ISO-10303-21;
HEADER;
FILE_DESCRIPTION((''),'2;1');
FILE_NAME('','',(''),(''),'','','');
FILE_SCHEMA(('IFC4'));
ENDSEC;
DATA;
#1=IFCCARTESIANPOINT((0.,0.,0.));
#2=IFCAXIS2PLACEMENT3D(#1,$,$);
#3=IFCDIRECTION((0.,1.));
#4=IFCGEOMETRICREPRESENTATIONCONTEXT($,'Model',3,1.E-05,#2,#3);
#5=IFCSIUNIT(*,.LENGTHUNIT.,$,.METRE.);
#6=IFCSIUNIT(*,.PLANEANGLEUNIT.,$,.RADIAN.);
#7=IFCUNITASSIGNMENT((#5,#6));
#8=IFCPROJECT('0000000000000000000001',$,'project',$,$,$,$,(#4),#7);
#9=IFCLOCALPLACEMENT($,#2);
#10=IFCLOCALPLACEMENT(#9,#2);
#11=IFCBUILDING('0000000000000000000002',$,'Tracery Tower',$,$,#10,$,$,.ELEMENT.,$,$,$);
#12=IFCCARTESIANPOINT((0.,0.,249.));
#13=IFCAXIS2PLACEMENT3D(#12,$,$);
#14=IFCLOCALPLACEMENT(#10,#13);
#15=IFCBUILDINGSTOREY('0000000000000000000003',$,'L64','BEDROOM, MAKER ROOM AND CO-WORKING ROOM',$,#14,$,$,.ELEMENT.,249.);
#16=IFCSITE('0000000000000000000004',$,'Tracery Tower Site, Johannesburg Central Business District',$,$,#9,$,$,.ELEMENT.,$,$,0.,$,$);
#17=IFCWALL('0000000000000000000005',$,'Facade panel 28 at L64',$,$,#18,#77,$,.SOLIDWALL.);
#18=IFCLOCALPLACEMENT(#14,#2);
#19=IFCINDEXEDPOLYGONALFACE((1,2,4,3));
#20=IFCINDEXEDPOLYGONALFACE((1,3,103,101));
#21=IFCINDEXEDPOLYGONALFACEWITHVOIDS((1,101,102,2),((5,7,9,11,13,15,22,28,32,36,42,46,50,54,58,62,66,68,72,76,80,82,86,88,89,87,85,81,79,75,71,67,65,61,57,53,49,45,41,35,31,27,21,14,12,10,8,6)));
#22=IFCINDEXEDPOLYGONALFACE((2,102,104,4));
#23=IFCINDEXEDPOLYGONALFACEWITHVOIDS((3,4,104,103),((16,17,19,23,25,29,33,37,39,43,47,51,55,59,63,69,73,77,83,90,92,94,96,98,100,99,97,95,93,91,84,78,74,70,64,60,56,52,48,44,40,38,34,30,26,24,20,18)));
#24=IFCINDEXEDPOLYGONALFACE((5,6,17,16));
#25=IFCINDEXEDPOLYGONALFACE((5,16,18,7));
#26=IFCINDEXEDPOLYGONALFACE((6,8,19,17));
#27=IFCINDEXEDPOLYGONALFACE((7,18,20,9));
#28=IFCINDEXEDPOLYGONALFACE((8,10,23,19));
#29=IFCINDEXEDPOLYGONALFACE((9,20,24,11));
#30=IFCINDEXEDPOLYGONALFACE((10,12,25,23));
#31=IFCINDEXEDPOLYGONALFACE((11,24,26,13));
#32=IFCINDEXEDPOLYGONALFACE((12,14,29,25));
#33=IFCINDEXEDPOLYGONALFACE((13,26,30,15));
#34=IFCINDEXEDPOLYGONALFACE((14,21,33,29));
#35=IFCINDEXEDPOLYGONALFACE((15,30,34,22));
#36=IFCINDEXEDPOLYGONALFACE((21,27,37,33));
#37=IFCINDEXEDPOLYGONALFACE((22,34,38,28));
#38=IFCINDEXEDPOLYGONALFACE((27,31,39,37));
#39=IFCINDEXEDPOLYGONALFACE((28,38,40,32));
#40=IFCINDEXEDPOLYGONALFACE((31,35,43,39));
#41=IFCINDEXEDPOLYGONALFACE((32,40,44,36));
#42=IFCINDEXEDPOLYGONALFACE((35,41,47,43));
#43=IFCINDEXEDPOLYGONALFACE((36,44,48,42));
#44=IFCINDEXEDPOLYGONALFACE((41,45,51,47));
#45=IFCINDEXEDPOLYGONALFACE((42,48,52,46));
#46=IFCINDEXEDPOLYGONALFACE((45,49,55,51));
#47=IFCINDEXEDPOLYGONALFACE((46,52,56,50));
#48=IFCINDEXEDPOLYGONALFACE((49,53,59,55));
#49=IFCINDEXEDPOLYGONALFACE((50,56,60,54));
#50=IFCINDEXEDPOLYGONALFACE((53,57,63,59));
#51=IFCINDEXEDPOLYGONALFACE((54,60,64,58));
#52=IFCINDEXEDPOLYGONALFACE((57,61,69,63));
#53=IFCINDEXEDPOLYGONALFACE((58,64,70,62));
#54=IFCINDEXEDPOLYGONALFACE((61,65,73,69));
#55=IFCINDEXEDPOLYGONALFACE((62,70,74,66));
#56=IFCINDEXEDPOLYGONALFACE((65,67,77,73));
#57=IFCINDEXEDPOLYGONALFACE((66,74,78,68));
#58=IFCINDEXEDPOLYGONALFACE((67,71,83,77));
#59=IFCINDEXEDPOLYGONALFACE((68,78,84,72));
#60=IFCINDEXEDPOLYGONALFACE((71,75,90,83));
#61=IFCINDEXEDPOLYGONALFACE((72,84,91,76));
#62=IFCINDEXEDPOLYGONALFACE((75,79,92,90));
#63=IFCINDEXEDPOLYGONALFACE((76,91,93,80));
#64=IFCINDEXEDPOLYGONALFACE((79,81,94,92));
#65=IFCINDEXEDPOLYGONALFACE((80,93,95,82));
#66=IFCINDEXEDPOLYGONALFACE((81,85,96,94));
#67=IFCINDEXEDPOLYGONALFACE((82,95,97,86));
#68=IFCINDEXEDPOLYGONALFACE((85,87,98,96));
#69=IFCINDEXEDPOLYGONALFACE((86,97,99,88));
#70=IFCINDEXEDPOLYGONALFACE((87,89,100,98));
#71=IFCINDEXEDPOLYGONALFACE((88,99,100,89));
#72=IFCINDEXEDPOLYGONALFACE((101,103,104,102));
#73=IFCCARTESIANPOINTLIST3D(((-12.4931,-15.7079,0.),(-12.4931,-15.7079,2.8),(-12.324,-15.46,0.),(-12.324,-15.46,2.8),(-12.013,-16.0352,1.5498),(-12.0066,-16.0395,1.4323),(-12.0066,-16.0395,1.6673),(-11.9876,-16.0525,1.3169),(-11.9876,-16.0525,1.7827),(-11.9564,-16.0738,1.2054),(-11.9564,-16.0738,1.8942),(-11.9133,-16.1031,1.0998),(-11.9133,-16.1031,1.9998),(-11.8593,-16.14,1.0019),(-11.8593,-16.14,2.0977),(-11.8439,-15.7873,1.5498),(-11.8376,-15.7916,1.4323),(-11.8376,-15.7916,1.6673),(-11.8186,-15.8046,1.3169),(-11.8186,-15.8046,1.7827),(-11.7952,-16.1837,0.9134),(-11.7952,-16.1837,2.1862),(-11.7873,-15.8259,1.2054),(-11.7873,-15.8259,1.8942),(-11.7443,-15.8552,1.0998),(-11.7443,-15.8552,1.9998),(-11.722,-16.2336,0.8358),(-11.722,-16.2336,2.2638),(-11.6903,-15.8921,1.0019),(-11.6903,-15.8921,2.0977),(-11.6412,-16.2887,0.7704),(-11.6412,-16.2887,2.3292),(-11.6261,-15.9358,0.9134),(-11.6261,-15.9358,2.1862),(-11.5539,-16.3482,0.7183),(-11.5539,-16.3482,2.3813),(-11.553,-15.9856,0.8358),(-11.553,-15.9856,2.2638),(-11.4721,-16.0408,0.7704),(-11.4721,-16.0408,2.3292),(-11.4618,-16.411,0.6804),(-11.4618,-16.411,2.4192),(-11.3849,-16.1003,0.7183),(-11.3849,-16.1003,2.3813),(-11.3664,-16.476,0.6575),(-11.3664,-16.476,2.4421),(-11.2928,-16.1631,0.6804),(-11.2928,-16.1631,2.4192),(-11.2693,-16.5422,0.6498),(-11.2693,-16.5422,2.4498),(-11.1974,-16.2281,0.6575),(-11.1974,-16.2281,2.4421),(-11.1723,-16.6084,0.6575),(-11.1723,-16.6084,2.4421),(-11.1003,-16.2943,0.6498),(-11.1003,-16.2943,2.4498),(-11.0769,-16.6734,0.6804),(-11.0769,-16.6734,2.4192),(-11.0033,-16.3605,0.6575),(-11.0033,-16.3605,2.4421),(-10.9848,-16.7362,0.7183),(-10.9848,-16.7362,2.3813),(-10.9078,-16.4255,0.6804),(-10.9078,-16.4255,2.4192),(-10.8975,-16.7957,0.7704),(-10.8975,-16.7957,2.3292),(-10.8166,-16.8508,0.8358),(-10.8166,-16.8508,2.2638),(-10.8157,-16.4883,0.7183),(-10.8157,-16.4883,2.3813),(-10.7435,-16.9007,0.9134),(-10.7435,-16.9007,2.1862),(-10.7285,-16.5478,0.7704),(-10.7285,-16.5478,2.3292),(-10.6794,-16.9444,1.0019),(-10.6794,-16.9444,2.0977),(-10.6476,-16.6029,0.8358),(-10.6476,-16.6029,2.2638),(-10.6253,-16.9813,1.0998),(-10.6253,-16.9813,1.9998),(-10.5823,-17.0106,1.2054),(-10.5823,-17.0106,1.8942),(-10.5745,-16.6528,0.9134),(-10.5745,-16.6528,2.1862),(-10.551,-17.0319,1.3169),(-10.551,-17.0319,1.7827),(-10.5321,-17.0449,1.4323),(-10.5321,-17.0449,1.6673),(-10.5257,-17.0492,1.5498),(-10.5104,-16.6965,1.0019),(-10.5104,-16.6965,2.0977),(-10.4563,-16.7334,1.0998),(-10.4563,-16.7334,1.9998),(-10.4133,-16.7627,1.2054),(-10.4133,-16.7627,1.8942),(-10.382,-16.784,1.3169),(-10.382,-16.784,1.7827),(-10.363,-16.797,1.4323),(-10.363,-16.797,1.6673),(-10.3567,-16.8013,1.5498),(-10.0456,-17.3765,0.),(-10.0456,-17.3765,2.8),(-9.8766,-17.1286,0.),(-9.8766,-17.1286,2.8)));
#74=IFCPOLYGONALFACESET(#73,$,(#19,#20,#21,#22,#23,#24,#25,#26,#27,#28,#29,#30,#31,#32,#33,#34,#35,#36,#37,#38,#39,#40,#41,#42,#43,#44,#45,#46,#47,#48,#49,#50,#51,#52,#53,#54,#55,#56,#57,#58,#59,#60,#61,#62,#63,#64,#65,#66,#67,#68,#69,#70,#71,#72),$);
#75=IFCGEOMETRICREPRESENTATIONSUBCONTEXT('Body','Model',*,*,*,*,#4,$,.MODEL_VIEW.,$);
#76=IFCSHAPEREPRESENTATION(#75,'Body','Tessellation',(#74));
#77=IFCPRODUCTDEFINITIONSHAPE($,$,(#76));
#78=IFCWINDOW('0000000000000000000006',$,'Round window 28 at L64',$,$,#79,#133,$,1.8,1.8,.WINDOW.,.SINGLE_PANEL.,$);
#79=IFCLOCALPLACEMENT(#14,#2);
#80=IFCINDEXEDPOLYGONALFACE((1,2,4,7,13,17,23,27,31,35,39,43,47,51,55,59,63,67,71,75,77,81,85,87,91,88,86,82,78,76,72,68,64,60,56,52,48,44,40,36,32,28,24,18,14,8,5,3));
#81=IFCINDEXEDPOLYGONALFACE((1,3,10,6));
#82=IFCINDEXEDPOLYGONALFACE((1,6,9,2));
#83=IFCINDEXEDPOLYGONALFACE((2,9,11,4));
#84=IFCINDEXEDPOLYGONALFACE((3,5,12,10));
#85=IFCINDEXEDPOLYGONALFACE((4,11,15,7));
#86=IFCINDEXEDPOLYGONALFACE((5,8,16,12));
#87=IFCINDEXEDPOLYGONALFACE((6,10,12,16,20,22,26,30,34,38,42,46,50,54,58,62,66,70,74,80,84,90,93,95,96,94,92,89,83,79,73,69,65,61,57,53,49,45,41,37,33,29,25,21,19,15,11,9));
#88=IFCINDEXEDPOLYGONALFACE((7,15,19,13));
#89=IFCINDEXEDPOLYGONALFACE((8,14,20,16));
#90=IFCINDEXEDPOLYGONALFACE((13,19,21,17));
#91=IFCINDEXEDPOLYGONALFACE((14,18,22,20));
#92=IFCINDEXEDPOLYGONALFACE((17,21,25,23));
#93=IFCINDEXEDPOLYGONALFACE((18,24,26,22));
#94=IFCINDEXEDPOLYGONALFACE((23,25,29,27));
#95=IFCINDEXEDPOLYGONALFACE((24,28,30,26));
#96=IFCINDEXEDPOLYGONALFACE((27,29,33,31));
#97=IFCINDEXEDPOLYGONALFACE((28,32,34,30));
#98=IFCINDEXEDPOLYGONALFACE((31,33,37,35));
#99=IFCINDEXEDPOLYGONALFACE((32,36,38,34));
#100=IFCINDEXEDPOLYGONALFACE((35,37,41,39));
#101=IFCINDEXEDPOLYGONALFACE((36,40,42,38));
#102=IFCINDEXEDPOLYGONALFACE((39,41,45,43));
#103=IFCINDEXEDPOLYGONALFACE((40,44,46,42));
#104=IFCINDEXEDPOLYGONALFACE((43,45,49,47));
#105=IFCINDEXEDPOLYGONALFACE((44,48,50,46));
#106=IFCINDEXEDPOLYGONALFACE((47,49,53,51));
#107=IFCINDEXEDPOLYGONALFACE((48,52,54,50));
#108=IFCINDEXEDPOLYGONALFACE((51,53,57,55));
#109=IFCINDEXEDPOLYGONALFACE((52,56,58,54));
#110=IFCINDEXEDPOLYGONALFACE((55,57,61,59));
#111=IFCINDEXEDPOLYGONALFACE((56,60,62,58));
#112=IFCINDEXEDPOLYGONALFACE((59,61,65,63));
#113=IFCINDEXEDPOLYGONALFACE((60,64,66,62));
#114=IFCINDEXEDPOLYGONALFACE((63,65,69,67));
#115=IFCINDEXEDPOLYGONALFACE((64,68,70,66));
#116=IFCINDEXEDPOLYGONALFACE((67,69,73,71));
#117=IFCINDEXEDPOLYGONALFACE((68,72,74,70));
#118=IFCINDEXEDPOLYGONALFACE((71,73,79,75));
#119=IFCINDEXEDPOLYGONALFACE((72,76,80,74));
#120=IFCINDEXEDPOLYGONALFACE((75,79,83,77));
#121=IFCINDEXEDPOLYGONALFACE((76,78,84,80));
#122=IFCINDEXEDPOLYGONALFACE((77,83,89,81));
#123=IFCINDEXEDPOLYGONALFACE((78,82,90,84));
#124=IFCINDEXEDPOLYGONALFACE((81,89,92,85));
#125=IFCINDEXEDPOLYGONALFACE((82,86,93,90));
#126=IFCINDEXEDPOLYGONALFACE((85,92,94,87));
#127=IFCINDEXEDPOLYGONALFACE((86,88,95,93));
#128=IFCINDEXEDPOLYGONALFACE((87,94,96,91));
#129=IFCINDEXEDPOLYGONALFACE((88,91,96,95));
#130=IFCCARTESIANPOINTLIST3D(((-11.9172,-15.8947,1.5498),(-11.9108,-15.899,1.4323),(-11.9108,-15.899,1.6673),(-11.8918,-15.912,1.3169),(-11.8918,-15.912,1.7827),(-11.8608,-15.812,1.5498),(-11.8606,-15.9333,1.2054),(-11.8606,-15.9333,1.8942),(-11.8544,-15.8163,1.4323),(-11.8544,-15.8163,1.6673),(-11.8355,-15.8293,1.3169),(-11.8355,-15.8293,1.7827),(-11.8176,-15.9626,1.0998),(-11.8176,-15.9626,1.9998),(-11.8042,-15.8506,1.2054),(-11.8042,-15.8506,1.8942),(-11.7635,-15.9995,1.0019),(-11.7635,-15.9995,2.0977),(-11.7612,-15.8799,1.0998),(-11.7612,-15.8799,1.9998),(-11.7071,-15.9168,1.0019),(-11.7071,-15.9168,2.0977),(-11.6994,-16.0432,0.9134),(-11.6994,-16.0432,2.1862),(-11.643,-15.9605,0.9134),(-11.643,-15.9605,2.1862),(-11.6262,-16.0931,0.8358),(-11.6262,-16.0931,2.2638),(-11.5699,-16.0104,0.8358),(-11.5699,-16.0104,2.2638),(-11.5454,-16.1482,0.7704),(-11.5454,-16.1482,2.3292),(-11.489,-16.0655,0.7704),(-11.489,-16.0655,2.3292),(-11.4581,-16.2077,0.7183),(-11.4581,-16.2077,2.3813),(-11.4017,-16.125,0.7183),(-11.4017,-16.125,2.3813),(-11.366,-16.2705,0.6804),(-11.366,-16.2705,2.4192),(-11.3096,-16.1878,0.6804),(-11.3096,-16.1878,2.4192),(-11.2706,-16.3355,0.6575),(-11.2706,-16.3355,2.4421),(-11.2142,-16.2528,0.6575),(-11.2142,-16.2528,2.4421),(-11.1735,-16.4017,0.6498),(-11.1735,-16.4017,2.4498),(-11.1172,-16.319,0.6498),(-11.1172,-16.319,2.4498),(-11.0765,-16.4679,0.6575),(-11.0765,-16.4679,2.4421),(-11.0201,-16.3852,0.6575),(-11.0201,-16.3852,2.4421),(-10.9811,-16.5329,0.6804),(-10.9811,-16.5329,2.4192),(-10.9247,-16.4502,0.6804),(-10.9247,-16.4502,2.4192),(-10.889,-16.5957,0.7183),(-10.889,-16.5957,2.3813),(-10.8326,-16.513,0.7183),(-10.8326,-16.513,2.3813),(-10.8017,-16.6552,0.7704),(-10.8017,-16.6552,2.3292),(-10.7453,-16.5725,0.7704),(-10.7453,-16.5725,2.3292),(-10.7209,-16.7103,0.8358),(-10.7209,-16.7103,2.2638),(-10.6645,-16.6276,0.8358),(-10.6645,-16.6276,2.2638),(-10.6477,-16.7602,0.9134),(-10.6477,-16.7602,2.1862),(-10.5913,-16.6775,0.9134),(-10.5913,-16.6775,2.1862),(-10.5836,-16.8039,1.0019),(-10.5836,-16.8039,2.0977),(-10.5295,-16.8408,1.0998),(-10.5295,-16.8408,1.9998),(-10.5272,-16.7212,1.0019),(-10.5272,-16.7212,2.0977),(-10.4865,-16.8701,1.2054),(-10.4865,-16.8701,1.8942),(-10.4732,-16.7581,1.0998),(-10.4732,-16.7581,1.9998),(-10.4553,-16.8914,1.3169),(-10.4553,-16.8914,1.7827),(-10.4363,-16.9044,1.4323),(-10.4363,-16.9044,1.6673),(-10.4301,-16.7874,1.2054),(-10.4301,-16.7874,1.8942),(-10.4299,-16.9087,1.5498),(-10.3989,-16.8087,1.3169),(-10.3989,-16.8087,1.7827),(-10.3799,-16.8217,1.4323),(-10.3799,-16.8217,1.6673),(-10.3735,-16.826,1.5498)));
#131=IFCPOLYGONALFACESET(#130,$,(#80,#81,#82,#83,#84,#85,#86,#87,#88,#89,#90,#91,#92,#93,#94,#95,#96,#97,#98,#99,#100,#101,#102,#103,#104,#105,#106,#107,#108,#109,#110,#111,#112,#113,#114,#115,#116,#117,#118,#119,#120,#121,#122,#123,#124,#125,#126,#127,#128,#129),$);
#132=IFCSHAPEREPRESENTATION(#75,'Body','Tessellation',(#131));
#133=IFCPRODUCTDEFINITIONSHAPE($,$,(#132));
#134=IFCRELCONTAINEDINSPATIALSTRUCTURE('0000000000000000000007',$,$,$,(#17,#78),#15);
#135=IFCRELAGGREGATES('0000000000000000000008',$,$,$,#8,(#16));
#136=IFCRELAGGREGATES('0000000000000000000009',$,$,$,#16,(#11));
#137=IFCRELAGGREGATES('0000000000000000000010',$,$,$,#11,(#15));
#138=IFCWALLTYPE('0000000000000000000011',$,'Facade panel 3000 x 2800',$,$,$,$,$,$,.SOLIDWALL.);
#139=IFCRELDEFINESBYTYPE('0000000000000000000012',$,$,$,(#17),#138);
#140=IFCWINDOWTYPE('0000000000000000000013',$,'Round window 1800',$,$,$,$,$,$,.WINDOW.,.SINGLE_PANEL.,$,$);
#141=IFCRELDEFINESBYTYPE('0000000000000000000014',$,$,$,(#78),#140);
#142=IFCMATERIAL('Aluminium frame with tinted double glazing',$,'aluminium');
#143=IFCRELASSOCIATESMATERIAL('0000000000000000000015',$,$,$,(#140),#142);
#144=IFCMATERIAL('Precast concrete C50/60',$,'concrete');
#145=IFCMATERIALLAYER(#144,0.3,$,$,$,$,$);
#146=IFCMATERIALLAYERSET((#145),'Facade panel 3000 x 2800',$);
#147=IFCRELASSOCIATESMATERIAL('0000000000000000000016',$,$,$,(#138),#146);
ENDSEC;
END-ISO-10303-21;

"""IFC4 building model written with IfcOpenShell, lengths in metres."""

from ifc_helpers import new_model, si_unit, direction, frame, frame_2d, origin, origin_2d, place, context, subcontext, project, spatial, rectangle, circle, extrude, material, layer, layer_set, type_object, element, fill, save


model = new_model("IFC4")

# Units and contexts
model_context = context("Model", 3, precision=1e-05, world=origin(), true_north=direction((0.0, 1.0)))
body_context = subcontext(model_context, "Body", "Model", "MODEL_VIEW")
ifc_project = project(units=[si_unit("LENGTHUNIT", "METRE"), si_unit("PLANEANGLEUNIT", "RADIAN")], contexts=[model_context])

# Site, building, storey
site_placement = place(None, origin())
site = spatial("IfcSite", under=ifc_project, at=site_placement, Name="Tracery Tower Site, Johannesburg Central Business District", CompositionType="ELEMENT", RefElevation=0.0)
building_placement = place(site_placement, origin())
building = spatial("IfcBuilding", under=site, at=building_placement, Name="Tracery Tower", CompositionType="ELEMENT")
storey_placement = place(building_placement, frame((0.0, 0.0, 249.0)))
storey = spatial("IfcBuildingStorey", under=building, at=storey_placement, Name="L64", Description="BEDROOM, MAKER ROOM AND CO-WORKING ROOM", CompositionType="ELEMENT", Elevation=249.0)

# Wall, opening, window
ifc_material_1 = material(Name="Aluminium frame with tinted double glazing", Category="aluminium")
window_type = type_object("IfcWindowType", Name="Round window 1800", PartitioningType="SINGLE_PANEL", PredefinedType="WINDOW", material=ifc_material_1)
ifc_material_2 = material(Name="Precast concrete C50/60", Category="concrete")
ifc_layer_1 = layer(ifc_material_2, 0.3)
ifc_layer_set_1 = layer_set([ifc_layer_1], Name="Facade panel 3000 x 2800")
wall_type_1 = type_object("IfcWallType", Name="Facade panel 3000 x 2800", PredefinedType="SOLIDWALL", material=ifc_layer_set_1)
wall_1_placement = place(storey_placement, frame((-12.4084, -15.584, 0.0), z_axis=(0.0, 0.0, 1.0), x_axis=(0.826236, -0.563324, 0.0)))
wall_1 = element("IfcWall", 1, at=wall_1_placement, inside=storey, type_object=wall_type_1, Name="Facade panel 28 at L64", PredefinedType="SOLIDWALL", context=body_context, shape_type="SweptSolid", body=[
    extrude(rectangle(XDim=2.9622, YDim=0.3, at=frame_2d((1.481, 0.0))), origin(), (0.0, 0.0, 1.0), 2.8),
])
opening_1_placement = place(wall_1_placement, frame((1.481, 0.0, 1.5498)))
opening_1 = element("IfcOpeningElement", 2, at=opening_1_placement, cuts=wall_1, PredefinedType="OPENING", context=body_context, shape_type="SweptSolid", body=[
    extrude(circle(Radius=0.9, at=origin_2d()), frame((0.0, 0.1599, 0.0), z_axis=(0.0, -1.0, 0.0), x_axis=(1.0, 0.0, 0.0)), (0.0, 0.0, 1.0), 0.3201),
])
window_1_placement = place(opening_1_placement, origin())
window_1 = element("IfcWindow", 3, at=window_1_placement, inside=storey, type_object=window_type, Name="Round window 28 at L64", OverallHeight=1.8, OverallWidth=1.8, PartitioningType="SINGLE_PANEL", PredefinedType="WINDOW", context=body_context, shape_type="SweptSolid", body=[
    extrude(circle(Radius=0.9, at=origin_2d()), frame((0.0, 0.1201, 0.0), z_axis=(0.0, -1.0, 0.0), x_axis=(1.0, 0.0, 0.0)), (0.0, 0.0, 1.0), 0.1001),
])
fill(opening_1, window_1)

save(model, "model.ifc")
